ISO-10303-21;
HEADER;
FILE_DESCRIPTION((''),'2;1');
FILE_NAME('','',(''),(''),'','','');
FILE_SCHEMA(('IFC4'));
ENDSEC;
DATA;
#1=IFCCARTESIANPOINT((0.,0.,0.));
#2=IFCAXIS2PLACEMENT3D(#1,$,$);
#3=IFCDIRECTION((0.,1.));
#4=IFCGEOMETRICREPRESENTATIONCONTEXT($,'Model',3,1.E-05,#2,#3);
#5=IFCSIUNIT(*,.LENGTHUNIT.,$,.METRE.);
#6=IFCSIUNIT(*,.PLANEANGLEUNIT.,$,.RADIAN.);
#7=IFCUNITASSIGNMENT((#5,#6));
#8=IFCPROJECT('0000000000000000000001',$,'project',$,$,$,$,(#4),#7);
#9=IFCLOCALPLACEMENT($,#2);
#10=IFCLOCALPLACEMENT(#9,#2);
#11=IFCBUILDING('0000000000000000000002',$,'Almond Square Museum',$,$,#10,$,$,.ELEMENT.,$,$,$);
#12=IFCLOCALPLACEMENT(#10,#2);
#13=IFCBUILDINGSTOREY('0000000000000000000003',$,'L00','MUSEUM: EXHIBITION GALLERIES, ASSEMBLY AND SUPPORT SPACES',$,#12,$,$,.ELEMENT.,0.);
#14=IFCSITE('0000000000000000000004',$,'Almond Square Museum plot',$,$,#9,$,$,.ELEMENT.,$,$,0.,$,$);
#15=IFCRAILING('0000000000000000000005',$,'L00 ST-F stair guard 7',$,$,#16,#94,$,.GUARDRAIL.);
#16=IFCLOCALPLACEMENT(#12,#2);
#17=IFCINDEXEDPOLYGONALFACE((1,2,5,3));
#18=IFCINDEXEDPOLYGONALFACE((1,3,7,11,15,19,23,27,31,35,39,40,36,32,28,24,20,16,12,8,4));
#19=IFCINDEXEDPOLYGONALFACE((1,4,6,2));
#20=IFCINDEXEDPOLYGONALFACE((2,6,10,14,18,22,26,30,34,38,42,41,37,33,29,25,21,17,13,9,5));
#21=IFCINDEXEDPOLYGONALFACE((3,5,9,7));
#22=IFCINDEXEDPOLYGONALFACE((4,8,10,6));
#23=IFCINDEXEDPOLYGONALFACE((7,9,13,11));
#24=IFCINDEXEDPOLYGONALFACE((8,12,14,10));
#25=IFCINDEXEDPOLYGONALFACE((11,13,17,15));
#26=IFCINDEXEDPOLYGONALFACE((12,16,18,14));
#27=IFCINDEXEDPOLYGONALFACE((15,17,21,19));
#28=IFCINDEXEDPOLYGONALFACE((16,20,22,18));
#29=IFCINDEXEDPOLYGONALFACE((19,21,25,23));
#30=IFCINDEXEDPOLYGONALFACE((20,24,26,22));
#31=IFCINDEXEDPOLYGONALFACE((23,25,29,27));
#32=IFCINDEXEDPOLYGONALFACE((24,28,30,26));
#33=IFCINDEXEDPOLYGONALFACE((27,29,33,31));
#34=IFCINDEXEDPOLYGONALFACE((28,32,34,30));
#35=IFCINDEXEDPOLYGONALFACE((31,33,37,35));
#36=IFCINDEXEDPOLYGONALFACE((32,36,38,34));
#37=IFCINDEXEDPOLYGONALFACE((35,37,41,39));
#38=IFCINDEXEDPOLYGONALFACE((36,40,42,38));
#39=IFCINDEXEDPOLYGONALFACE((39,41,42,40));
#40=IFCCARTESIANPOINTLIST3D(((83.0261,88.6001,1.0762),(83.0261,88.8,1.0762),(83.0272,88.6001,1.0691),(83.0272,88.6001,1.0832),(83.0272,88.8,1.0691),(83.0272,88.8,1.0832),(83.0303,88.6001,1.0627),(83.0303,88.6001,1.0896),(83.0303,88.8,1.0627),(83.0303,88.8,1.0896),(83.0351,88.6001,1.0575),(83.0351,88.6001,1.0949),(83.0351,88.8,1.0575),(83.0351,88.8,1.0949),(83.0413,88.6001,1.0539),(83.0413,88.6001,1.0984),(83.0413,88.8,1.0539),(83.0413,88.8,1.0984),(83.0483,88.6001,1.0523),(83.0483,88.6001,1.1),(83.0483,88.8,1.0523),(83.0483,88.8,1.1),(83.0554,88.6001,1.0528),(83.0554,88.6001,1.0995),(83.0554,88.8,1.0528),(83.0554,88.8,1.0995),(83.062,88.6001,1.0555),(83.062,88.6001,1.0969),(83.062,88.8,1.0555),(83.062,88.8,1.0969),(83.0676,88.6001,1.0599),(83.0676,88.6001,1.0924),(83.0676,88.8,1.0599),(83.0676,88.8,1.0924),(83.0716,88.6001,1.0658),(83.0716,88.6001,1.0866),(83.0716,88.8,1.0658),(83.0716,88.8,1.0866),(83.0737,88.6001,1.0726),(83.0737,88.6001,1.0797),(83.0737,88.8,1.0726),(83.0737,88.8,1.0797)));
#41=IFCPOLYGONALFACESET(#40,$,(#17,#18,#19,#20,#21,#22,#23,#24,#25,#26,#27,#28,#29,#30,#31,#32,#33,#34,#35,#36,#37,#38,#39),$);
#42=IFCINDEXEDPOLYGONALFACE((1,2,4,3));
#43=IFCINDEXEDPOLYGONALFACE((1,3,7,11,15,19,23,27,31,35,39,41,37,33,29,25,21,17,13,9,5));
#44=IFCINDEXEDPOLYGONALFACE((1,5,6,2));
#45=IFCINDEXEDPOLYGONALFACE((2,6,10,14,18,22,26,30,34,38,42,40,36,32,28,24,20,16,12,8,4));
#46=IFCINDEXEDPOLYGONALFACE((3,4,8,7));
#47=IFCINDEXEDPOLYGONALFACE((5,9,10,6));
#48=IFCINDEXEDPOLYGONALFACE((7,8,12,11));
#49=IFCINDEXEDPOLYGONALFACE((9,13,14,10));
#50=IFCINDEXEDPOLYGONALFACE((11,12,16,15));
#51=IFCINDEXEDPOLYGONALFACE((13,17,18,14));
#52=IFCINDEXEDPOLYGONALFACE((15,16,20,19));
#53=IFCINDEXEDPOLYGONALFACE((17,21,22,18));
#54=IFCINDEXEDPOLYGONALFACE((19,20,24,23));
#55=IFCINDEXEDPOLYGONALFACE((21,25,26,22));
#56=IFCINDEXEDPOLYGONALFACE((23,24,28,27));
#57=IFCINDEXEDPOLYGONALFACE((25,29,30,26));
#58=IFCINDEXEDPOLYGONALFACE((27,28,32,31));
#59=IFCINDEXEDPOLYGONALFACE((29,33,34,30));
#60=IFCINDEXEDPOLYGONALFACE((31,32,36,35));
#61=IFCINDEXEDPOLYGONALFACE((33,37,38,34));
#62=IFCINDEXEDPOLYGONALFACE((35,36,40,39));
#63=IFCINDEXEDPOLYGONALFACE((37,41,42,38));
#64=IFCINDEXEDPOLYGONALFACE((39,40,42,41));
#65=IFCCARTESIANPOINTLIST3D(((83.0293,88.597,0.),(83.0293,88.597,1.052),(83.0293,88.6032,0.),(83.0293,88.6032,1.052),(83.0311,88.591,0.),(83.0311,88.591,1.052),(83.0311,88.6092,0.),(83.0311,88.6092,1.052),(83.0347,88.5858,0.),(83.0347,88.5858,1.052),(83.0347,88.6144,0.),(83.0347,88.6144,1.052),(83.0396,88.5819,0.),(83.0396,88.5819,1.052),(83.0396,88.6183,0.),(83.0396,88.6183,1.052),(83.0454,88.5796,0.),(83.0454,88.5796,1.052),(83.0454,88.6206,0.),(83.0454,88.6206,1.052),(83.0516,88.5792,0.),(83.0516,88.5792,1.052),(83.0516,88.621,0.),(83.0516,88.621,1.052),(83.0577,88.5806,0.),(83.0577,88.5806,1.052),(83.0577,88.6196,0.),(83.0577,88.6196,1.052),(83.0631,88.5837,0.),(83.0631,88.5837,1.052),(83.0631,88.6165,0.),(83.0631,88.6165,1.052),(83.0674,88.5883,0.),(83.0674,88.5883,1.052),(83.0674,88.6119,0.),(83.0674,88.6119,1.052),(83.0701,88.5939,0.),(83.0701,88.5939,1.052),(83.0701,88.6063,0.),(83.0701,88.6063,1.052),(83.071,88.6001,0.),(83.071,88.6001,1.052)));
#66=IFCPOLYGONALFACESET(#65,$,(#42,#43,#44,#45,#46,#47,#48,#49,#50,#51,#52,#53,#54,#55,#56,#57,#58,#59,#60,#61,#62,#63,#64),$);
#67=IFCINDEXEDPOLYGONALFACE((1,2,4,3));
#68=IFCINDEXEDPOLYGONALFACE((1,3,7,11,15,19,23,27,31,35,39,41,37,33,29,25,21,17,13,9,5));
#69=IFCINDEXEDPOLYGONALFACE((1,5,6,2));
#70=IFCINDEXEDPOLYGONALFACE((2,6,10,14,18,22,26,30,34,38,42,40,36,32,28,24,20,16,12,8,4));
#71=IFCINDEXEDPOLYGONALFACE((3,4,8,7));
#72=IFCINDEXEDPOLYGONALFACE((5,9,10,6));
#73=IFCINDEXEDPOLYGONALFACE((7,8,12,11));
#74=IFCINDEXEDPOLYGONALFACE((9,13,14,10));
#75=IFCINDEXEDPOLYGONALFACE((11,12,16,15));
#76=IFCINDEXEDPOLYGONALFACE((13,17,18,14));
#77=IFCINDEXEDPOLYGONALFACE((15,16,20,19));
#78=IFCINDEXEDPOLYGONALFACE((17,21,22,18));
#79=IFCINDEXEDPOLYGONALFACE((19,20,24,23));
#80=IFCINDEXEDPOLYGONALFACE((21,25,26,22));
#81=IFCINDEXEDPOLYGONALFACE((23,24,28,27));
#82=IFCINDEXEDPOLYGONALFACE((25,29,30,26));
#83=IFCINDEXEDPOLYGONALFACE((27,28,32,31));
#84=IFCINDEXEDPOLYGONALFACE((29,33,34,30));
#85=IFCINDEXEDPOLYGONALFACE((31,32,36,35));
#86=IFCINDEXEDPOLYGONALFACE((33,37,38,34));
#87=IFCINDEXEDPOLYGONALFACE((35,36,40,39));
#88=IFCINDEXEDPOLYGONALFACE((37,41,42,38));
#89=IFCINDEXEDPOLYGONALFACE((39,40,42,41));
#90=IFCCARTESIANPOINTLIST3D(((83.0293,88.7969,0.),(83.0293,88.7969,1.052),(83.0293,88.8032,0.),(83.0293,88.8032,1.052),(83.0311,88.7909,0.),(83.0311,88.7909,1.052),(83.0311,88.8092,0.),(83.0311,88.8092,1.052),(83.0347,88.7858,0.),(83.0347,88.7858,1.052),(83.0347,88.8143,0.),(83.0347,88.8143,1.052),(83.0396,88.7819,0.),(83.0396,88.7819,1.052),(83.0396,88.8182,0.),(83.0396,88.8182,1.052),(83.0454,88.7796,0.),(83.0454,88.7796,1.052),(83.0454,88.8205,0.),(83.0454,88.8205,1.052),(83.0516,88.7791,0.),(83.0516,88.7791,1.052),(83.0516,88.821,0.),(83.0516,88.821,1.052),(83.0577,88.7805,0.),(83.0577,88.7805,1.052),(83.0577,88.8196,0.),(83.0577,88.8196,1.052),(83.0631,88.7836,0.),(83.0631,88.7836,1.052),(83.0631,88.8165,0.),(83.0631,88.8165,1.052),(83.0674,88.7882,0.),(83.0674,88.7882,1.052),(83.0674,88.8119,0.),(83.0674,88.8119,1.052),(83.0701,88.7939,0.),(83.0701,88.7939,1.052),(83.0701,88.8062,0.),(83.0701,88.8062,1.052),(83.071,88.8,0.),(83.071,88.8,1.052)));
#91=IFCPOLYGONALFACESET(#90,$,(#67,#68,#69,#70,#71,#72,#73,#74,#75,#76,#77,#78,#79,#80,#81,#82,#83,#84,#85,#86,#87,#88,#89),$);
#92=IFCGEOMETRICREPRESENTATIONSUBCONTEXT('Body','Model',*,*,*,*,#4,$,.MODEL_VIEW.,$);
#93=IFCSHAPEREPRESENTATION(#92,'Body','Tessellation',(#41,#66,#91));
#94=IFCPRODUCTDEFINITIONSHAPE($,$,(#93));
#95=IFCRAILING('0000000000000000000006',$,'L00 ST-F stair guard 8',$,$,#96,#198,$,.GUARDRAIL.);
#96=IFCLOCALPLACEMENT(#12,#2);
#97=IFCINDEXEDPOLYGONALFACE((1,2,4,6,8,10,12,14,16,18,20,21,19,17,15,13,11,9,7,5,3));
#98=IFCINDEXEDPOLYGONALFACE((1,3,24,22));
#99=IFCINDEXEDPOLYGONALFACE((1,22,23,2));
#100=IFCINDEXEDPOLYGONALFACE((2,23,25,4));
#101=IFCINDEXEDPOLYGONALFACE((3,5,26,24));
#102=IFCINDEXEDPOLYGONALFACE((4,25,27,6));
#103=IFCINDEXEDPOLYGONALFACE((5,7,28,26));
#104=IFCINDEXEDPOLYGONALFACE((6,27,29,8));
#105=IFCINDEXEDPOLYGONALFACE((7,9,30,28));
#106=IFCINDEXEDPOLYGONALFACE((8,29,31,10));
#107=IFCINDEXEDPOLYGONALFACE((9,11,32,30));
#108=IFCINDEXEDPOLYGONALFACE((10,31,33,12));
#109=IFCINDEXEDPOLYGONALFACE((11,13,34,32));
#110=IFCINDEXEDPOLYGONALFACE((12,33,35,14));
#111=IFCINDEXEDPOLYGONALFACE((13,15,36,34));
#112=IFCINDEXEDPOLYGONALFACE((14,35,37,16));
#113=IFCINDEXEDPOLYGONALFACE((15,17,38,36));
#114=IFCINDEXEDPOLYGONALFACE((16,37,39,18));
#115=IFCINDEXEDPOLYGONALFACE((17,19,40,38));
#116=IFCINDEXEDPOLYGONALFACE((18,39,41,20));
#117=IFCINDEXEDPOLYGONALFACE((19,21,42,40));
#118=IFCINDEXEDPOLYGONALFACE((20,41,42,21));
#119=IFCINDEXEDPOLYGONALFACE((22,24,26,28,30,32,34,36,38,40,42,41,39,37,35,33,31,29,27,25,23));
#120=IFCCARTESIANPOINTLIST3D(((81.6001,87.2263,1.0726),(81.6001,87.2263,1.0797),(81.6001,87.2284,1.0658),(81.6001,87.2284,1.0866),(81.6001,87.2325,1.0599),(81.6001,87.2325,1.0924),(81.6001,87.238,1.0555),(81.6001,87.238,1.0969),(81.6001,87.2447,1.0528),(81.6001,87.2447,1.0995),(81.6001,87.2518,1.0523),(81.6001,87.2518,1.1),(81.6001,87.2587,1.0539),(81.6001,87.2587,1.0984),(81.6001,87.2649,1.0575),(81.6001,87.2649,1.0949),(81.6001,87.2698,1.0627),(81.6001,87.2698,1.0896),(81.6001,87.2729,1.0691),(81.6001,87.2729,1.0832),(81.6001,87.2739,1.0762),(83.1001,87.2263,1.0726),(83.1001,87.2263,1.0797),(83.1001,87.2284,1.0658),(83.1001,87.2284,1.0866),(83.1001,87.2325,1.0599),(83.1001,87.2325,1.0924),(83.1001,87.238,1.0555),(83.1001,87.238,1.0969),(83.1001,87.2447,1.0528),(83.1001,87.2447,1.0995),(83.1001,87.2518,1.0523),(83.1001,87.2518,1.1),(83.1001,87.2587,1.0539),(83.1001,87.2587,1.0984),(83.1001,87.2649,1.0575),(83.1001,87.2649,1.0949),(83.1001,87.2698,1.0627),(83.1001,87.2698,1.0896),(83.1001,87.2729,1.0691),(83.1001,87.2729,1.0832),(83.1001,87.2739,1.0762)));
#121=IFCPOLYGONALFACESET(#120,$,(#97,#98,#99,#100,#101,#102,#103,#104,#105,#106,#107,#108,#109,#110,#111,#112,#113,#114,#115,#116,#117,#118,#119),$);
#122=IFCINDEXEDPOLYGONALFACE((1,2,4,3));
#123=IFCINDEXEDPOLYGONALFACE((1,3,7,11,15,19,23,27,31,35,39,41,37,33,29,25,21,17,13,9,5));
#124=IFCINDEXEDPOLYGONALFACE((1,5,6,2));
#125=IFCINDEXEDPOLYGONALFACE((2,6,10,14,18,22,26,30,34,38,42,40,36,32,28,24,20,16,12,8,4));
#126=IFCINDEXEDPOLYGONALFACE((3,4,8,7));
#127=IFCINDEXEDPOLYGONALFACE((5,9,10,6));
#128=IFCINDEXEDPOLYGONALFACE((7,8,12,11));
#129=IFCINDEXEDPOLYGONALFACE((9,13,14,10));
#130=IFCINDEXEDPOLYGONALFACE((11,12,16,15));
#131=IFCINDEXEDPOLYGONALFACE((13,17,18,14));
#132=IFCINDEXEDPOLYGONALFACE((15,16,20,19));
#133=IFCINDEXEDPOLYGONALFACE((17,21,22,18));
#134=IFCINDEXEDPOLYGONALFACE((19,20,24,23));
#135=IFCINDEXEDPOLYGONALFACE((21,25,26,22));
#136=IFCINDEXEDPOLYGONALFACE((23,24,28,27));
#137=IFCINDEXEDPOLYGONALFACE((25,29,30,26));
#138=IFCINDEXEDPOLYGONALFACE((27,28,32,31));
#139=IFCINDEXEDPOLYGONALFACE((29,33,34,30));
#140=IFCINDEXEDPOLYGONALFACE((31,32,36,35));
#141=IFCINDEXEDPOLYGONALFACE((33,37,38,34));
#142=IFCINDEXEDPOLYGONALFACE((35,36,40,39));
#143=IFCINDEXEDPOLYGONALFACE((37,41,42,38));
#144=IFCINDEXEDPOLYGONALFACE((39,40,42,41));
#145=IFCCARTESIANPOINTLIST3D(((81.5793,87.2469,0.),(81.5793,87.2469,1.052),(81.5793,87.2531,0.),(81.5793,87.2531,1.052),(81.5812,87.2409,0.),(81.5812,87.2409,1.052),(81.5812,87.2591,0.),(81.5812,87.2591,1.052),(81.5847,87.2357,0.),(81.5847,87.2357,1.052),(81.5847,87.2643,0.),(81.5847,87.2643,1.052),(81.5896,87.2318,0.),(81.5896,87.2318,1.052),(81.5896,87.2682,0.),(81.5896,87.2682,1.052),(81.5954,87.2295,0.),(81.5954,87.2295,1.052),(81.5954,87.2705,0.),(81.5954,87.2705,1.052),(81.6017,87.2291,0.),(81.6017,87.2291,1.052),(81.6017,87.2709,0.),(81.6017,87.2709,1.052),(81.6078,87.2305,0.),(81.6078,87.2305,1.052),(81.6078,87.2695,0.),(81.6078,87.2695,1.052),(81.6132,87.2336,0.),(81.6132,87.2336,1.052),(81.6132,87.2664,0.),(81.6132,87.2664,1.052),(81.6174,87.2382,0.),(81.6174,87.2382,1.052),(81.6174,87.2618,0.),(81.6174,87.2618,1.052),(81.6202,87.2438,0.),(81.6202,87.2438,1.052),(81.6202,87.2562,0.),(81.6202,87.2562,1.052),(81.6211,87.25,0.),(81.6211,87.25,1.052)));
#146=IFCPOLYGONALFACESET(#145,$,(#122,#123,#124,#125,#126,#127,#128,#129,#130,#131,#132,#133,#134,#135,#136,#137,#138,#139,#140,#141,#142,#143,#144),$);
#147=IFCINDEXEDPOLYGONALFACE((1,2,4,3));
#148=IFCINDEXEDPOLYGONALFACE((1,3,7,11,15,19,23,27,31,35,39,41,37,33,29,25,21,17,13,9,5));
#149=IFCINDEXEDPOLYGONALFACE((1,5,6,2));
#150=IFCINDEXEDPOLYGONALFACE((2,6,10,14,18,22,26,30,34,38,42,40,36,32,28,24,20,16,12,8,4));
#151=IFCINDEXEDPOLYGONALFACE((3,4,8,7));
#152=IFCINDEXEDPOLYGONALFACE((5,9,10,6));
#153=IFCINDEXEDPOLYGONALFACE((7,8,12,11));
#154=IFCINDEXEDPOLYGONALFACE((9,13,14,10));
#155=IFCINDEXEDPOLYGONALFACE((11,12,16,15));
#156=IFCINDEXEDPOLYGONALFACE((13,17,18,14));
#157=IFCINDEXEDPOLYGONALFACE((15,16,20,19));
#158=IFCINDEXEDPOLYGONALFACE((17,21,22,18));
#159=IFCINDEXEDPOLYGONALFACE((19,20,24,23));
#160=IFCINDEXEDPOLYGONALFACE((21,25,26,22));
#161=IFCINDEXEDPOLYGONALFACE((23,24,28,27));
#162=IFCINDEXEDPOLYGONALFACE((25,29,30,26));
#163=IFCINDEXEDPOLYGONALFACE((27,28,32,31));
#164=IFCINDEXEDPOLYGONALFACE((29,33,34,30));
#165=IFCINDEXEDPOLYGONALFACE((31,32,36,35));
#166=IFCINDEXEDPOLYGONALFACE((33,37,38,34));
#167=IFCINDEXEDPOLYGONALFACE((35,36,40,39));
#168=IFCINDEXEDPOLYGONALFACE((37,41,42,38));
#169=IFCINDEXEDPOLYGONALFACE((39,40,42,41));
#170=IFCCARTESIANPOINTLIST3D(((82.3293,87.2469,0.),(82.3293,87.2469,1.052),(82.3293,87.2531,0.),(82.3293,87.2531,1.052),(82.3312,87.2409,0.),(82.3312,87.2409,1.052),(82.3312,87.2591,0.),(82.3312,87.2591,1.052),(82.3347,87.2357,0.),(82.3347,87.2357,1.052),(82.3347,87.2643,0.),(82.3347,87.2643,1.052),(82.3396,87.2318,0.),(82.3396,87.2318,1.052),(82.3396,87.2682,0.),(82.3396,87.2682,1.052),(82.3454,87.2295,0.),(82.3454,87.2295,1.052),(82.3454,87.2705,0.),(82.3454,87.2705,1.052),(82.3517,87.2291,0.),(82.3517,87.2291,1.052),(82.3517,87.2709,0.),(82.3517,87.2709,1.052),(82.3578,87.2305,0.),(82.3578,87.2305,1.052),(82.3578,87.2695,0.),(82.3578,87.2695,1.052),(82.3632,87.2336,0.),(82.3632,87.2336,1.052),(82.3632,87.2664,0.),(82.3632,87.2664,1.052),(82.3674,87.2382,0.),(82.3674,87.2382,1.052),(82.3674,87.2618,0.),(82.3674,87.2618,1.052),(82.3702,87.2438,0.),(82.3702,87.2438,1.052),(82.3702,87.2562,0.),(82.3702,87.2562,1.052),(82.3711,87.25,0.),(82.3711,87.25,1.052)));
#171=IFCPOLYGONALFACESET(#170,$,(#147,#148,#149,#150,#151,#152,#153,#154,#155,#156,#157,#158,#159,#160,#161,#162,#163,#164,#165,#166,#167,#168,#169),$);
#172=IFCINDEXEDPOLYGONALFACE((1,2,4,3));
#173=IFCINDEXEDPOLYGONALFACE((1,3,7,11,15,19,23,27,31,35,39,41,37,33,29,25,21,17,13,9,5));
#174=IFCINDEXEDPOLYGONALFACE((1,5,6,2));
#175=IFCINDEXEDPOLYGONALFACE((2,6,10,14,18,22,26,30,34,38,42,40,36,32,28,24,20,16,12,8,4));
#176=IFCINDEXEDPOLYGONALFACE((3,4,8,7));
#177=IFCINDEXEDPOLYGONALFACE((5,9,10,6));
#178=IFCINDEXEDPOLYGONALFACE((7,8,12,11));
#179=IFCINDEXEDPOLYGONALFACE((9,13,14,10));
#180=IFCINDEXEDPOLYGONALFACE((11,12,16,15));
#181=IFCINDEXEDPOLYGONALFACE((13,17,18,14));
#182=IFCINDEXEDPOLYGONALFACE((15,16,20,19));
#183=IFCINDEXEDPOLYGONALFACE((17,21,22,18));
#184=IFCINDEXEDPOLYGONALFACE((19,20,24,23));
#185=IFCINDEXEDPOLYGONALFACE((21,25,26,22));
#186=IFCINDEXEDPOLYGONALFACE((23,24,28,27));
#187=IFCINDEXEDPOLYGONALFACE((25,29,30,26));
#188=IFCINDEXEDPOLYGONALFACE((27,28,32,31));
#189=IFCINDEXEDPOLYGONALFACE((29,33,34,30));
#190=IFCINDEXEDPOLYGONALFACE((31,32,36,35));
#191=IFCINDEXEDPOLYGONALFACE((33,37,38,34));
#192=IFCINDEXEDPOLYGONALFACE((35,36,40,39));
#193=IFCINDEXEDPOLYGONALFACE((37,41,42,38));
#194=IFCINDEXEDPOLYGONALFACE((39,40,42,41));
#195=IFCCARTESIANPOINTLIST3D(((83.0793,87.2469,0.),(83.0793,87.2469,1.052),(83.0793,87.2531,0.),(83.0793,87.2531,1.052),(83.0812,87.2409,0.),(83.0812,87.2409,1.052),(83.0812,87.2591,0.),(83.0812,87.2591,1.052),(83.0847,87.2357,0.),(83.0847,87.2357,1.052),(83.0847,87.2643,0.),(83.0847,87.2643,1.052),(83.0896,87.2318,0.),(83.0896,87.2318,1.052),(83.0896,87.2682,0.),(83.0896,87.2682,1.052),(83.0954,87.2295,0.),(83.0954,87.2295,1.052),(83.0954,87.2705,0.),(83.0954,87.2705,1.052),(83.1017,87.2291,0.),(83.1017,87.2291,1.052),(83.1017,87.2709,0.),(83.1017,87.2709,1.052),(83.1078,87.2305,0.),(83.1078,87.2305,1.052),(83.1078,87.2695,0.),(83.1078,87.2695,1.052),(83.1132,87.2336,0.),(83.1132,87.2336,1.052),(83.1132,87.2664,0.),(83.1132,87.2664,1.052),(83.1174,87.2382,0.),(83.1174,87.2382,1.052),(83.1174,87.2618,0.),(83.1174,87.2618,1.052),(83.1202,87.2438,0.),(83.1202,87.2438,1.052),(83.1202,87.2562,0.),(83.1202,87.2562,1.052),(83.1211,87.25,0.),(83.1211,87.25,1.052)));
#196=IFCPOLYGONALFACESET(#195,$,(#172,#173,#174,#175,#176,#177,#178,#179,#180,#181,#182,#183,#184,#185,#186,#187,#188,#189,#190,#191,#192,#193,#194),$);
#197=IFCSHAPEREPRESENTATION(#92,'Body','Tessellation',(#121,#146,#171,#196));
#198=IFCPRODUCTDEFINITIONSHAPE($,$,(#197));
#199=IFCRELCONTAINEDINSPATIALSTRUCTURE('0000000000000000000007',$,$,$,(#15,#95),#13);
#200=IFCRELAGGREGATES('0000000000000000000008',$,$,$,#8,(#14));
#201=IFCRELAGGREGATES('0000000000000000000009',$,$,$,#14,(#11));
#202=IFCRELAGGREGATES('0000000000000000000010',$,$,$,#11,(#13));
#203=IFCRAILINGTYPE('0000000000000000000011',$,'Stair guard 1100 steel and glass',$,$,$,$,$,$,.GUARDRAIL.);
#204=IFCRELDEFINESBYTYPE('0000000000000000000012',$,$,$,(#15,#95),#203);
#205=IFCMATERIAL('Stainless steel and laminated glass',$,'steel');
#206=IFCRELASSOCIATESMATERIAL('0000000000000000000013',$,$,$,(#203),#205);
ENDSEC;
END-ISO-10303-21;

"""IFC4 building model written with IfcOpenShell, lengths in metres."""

from ifc_helpers import new_model, si_unit, direction, frame, origin, origin_2d, place, context, subcontext, project, spatial, circle, extrude, material, type_object, element, save


model = new_model("IFC4")

# Units and contexts
model_context = context("Model", 3, precision=1e-05, world=origin(), true_north=direction((0.0, 1.0)))
body_context = subcontext(model_context, "Body", "Model", "MODEL_VIEW")
ifc_project = project(units=[si_unit("LENGTHUNIT", "METRE"), si_unit("PLANEANGLEUNIT", "RADIAN")], contexts=[model_context])

# Site, building, storey
site_placement = place(None, origin())
site = spatial("IfcSite", under=ifc_project, at=site_placement, Name="Almond Square Museum plot", CompositionType="ELEMENT", RefElevation=0.0)
building_placement = place(site_placement, origin())
building = spatial("IfcBuilding", under=site, at=building_placement, Name="Almond Square Museum", CompositionType="ELEMENT")
storey_placement = place(building_placement, origin())
storey = spatial("IfcBuildingStorey", under=building, at=storey_placement, Name="L00", Description="MUSEUM: EXHIBITION GALLERIES, ASSEMBLY AND SUPPORT SPACES", CompositionType="ELEMENT", Elevation=0.0)

# Railings
ifc_material_1 = material(Name="Stainless steel and laminated glass", Category="steel")
railing_type_1 = type_object("IfcRailingType", Name="Stair guard 1100 steel and glass", PredefinedType="GUARDRAIL", material=ifc_material_1)
railing_1_placement = place(storey_placement, frame((83.05, 88.6001, 0.0)))
element("IfcRailing", 1, at=railing_1_placement, inside=storey, type_object=railing_type_1, Name="L00 ST-F stair guard 7", PredefinedType="GUARDRAIL", context=body_context, shape_type="SweptSolid", body=[
    extrude(circle(Radius=0.0239, at=origin_2d()), frame((0.0, 0.0, 1.0762), z_axis=(0.0, 1.0, 0.0), x_axis=(-1.0, 0.0, 0.0)), (0.0, 0.0, 1.0), 0.2),
    extrude(circle(Radius=0.021, at=origin_2d()), origin(), (0.0, 0.0, 1.0), 1.052),
    extrude(circle(Radius=0.021, at=origin_2d()), frame((0.0, 0.2, 0.0)), (0.0, 0.0, 1.0), 1.052),
])
railing_2_placement = place(storey_placement, frame((81.6001, 87.25, 0.0)))
element("IfcRailing", 2, at=railing_2_placement, inside=storey, type_object=railing_type_1, Name="L00 ST-F stair guard 8", PredefinedType="GUARDRAIL", context=body_context, shape_type="SweptSolid", body=[
    extrude(circle(Radius=0.0239, at=origin_2d()), frame((0.0, 0.0, 1.0762), z_axis=(1.0, 0.0, 0.0), x_axis=(0.0, 1.0, 0.0)), (0.0, 0.0, 1.0), 1.5),
    extrude(circle(Radius=0.021, at=origin_2d()), origin(), (0.0, 0.0, 1.0), 1.052),
    extrude(circle(Radius=0.021, at=origin_2d()), frame((0.75, 0.0, 0.0)), (0.0, 0.0, 1.0), 1.052),
    extrude(circle(Radius=0.021, at=origin_2d()), frame((1.5, 0.0, 0.0)), (0.0, 0.0, 1.0), 1.052),
])

save(model, "model.ifc")
